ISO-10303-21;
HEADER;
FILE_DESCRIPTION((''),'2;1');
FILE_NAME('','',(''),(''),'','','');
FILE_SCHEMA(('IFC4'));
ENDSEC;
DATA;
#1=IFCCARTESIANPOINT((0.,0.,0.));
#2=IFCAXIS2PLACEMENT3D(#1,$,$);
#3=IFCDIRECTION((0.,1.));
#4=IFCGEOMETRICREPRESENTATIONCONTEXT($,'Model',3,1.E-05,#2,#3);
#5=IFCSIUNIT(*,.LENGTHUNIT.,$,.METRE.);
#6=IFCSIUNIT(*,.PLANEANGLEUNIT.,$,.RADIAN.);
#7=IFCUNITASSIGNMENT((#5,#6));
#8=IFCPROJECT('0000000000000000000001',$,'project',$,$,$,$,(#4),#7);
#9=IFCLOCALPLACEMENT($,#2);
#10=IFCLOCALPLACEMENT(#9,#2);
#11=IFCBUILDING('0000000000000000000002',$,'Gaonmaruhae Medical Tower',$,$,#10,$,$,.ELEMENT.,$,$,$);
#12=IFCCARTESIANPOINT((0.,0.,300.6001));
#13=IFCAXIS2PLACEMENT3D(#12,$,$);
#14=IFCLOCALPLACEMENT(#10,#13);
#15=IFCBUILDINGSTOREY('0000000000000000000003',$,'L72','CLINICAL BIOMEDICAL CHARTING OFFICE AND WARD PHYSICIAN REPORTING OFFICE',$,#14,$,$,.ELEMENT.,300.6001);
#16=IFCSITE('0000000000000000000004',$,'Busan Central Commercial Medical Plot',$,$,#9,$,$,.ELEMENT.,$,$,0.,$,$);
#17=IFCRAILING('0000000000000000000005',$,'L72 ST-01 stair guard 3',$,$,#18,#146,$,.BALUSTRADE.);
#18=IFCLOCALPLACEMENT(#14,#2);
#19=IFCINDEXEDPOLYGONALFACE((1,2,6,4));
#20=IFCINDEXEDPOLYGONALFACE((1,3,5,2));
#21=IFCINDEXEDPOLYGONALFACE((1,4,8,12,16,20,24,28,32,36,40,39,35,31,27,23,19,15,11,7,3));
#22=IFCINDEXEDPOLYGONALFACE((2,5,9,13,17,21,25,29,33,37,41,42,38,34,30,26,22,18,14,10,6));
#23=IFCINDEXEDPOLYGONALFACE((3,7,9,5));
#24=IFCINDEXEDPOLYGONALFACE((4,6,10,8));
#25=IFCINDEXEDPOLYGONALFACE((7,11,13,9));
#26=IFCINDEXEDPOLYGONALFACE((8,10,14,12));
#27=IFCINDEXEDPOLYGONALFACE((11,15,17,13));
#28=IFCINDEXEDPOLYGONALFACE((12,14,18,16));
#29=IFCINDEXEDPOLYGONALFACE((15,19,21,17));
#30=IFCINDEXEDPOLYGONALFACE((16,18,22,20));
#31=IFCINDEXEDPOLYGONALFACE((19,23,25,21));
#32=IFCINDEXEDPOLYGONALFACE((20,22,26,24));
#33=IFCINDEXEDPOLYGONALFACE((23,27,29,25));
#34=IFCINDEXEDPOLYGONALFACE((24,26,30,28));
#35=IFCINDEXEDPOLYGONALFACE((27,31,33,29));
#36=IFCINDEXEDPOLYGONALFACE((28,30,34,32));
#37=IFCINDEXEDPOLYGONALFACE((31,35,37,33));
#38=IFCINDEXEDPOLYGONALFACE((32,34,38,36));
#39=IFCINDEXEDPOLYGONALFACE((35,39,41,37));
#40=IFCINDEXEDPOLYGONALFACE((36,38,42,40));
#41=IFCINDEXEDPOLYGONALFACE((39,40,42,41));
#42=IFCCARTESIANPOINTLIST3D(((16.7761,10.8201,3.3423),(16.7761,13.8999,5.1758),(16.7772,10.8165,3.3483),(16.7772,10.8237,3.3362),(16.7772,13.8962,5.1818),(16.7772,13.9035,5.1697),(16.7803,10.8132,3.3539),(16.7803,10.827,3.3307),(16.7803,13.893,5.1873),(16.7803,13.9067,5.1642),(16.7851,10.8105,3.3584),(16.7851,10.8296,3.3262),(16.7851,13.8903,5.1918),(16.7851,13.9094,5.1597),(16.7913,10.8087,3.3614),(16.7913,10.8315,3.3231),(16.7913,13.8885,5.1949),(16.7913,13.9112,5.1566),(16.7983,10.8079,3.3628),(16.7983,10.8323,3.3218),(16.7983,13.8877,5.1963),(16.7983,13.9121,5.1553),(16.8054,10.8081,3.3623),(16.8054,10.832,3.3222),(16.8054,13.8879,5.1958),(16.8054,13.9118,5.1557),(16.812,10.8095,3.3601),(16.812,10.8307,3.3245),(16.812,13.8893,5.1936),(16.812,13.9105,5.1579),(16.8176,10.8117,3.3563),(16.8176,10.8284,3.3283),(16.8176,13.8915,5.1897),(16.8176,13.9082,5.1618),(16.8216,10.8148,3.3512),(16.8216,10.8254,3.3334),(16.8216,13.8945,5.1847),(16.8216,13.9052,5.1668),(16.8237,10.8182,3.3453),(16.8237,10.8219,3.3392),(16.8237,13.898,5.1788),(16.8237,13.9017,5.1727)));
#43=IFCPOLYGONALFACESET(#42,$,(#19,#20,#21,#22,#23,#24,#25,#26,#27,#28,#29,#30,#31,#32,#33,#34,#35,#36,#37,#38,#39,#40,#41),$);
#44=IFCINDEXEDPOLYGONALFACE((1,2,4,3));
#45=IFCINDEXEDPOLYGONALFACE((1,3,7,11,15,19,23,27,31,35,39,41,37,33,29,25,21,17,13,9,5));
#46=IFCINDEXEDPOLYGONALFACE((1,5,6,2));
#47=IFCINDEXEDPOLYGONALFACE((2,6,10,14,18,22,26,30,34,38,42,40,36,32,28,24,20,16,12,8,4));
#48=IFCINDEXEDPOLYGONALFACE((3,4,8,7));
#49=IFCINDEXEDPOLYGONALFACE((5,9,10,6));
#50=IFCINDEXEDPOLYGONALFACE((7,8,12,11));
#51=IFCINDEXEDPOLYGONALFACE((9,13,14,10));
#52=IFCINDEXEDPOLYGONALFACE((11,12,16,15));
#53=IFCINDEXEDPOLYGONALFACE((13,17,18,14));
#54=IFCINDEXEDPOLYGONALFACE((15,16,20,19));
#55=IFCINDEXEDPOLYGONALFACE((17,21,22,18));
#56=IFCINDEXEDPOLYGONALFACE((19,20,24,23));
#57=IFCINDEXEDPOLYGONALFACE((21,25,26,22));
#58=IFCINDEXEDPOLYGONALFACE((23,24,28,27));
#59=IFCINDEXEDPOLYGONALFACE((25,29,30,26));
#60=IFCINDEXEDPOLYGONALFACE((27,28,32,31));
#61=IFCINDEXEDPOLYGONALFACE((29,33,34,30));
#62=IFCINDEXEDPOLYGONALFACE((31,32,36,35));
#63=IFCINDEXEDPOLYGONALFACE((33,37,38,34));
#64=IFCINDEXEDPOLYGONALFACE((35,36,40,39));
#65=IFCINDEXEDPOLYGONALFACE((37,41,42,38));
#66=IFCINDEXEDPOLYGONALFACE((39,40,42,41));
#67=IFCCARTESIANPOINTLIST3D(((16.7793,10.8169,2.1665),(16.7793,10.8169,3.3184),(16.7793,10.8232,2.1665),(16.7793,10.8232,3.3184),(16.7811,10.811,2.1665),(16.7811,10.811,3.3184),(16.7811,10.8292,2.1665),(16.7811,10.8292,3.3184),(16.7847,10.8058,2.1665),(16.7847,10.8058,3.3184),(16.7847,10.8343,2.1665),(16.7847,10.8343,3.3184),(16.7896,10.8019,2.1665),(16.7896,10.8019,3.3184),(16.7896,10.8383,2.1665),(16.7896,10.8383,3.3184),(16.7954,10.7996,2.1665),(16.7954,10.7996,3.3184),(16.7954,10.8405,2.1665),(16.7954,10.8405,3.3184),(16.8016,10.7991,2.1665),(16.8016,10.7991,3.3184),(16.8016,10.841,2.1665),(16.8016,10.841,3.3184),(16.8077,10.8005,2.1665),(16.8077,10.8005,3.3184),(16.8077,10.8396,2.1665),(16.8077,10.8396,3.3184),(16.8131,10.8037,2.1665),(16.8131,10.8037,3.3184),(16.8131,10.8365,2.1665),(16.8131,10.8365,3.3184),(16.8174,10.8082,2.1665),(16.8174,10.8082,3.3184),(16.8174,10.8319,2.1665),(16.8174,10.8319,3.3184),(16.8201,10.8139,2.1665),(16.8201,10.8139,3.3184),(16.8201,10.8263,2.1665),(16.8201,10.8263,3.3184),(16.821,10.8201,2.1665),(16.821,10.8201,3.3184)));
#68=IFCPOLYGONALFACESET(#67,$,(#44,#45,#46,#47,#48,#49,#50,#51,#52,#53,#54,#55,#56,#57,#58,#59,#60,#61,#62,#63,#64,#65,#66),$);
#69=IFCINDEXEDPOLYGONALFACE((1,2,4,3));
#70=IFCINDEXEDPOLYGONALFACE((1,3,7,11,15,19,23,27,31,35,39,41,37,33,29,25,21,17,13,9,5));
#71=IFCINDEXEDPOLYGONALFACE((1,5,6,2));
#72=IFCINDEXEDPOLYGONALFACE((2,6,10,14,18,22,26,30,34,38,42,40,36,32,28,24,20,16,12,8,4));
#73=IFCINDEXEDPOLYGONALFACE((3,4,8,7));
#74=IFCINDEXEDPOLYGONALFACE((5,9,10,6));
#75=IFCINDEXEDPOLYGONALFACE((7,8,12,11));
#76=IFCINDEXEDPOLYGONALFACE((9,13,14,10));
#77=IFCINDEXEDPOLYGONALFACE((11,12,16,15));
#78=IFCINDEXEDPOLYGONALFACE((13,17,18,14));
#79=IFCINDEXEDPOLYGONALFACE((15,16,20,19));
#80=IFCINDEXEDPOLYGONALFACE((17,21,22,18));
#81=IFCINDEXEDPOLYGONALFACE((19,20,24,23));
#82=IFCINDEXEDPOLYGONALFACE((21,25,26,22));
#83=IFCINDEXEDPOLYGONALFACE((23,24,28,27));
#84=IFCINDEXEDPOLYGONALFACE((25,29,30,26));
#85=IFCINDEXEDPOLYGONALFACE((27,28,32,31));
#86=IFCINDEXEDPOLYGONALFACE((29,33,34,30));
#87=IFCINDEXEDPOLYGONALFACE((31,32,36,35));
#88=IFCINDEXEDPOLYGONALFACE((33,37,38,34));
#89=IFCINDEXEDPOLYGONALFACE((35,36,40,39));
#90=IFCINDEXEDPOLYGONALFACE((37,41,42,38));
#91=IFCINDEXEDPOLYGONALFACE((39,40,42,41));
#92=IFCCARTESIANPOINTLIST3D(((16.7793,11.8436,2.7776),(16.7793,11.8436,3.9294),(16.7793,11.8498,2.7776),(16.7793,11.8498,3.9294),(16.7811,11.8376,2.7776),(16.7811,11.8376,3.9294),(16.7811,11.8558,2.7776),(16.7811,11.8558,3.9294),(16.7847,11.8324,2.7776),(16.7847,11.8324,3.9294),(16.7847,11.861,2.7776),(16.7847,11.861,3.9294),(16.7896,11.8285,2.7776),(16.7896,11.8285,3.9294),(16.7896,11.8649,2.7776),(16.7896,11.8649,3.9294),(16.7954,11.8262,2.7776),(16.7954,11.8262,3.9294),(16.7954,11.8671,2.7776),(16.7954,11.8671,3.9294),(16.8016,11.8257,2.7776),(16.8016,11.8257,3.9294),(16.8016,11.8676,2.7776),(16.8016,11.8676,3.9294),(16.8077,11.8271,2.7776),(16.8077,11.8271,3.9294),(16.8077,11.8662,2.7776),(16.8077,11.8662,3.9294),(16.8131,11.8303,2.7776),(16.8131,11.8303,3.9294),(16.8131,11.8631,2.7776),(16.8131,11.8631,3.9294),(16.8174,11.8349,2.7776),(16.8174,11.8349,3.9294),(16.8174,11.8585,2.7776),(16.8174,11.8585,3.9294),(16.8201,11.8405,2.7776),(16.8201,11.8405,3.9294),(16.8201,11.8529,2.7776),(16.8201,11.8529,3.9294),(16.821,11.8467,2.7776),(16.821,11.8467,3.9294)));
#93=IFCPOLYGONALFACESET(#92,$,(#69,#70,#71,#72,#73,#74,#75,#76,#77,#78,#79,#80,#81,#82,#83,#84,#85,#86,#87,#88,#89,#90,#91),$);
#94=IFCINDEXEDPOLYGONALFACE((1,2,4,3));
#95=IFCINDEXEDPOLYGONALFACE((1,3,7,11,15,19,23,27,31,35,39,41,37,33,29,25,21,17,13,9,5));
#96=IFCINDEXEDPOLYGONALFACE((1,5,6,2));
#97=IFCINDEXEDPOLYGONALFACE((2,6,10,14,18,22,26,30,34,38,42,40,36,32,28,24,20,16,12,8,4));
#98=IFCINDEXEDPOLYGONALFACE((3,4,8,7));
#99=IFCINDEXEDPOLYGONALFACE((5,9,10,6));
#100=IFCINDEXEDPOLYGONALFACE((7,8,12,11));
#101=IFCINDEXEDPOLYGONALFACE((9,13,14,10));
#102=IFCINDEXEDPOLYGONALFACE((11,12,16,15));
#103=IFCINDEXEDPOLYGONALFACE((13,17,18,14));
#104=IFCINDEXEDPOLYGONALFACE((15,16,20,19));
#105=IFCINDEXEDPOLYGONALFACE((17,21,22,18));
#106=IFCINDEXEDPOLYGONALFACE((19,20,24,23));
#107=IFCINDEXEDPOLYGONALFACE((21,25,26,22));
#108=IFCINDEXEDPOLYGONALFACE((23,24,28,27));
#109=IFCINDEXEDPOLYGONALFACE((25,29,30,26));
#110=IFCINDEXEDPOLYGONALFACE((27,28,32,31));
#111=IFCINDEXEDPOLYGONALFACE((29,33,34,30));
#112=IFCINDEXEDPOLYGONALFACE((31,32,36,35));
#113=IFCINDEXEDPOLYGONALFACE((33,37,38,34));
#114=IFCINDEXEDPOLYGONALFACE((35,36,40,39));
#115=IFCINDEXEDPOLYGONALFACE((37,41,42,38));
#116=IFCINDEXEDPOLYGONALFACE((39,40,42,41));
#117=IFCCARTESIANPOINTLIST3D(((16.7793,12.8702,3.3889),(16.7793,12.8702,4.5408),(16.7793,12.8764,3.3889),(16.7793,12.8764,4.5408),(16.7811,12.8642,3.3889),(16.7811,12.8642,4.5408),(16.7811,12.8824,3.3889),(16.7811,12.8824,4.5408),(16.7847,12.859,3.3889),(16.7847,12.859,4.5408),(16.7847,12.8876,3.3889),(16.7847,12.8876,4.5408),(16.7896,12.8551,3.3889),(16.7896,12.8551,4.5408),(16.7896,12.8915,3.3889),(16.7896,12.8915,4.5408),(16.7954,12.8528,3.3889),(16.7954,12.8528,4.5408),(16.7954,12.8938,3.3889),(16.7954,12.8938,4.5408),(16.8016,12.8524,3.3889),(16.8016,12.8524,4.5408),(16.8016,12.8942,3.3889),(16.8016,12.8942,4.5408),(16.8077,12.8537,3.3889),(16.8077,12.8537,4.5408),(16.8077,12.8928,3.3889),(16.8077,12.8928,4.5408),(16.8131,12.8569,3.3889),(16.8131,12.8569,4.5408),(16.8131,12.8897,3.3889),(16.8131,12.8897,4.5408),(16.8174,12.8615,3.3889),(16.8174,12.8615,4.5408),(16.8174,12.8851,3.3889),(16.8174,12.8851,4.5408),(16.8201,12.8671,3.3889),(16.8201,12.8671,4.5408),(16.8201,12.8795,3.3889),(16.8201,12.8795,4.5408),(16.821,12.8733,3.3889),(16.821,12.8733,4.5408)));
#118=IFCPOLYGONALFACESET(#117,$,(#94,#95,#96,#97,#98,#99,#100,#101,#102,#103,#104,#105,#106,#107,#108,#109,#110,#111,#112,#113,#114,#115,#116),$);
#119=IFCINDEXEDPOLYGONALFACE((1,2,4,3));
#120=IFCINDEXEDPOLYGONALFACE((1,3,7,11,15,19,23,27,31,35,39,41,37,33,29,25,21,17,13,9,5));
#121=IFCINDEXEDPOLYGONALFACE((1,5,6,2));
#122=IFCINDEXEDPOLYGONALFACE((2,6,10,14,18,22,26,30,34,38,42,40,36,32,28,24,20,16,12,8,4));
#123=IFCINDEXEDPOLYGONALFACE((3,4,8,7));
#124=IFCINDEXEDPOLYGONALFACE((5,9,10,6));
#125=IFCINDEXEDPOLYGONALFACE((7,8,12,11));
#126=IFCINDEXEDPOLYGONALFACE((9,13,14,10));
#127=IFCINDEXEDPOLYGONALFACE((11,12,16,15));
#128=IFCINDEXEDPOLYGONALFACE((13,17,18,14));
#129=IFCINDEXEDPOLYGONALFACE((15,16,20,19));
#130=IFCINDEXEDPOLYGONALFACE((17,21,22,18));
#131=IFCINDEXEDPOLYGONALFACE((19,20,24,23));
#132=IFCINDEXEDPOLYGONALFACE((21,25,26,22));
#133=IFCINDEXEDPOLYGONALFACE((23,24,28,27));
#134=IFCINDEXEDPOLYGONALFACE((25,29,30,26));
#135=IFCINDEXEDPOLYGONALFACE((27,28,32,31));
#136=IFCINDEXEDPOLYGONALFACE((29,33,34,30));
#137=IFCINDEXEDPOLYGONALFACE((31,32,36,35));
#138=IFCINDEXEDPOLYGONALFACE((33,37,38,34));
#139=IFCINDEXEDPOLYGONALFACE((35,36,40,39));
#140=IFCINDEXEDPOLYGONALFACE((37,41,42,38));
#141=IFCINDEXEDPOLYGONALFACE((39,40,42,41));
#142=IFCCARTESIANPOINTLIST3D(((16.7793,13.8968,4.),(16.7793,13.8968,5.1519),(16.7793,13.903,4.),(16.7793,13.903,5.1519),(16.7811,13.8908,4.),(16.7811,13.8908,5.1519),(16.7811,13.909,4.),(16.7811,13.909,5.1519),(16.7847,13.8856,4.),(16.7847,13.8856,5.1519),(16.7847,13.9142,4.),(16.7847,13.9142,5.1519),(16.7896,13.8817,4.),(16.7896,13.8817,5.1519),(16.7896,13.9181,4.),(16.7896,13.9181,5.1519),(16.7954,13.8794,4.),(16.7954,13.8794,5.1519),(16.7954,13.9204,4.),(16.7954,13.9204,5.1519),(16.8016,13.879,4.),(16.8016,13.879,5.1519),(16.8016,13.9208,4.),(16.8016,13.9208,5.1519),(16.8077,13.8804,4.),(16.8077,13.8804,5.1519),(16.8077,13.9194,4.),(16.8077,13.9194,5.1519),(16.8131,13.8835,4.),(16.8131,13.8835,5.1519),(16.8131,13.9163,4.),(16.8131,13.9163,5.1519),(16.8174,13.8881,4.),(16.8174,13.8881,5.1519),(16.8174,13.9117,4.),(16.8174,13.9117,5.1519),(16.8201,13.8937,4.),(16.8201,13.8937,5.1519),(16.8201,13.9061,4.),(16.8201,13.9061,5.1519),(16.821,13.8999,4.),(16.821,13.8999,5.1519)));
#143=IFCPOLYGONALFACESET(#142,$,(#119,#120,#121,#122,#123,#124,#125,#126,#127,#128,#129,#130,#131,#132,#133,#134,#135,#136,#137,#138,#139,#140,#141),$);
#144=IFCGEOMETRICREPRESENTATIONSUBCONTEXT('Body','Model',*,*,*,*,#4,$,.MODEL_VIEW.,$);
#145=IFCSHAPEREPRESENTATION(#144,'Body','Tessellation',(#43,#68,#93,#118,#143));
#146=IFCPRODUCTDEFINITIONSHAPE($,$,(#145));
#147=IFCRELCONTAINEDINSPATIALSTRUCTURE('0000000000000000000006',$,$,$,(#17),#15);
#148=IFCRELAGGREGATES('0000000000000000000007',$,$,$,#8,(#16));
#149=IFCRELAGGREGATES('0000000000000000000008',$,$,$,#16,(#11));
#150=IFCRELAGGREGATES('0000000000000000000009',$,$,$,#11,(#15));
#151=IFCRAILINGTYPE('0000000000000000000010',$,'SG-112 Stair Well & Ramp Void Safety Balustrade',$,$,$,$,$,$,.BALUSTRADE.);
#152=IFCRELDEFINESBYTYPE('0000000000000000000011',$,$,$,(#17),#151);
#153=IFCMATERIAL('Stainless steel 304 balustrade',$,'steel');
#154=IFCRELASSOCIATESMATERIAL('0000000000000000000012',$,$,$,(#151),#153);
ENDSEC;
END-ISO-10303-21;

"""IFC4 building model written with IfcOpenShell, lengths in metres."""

from ifc_helpers import new_model, si_unit, direction, frame, origin, origin_2d, place, context, subcontext, project, spatial, circle, extrude, material, type_object, element, save


model = new_model("IFC4")

# Units and contexts
model_context = context("Model", 3, precision=1e-05, world=origin(), true_north=direction((0.0, 1.0)))
body_context = subcontext(model_context, "Body", "Model", "MODEL_VIEW")
ifc_project = project(units=[si_unit("LENGTHUNIT", "METRE"), si_unit("PLANEANGLEUNIT", "RADIAN")], contexts=[model_context])

# Site, building, storey
site_placement = place(None, origin())
site = spatial("IfcSite", under=ifc_project, at=site_placement, Name="Busan Central Commercial Medical Plot", CompositionType="ELEMENT", RefElevation=0.0)
building_placement = place(site_placement, origin())
building = spatial("IfcBuilding", under=site, at=building_placement, Name="Gaonmaruhae Medical Tower", CompositionType="ELEMENT")
storey_placement = place(building_placement, frame((0.0, 0.0, 300.6001)))
storey = spatial("IfcBuildingStorey", under=building, at=storey_placement, Name="L72", Description="CLINICAL BIOMEDICAL CHARTING OFFICE AND WARD PHYSICIAN REPORTING OFFICE", CompositionType="ELEMENT", Elevation=300.6001)

# Railing
ifc_material_1 = material(Name="Stainless steel 304 balustrade", Category="steel")
railing_type_1 = type_object("IfcRailingType", Name="SG-112 Stair Well & Ramp Void Safety Balustrade", PredefinedType="BALUSTRADE", material=ifc_material_1)
railing_1_placement = place(storey_placement, frame((16.8, 10.8201, 2.1665)))
element("IfcRailing", 1, at=railing_1_placement, inside=storey, type_object=railing_type_1, Name="L72 ST-01 stair guard 3", PredefinedType="BALUSTRADE", context=body_context, shape_type="SweptSolid", body=[
    extrude(circle(Radius=0.0239, at=origin_2d()), frame((0.0, 0.0, 1.1758), z_axis=(0.0, 0.859261, 0.511538), x_axis=(-1.0, 0.0, 0.0)), (0.0, 0.0, 1.0), 3.5842),
    extrude(circle(Radius=0.021, at=origin_2d()), origin(), (0.0, 0.0, 1.0), 1.1519),
    extrude(circle(Radius=0.021, at=origin_2d()), frame((0.0, 1.0266, 0.6111)), (0.0, 0.0, 1.0), 1.1519),
    extrude(circle(Radius=0.021, at=origin_2d()), frame((0.0, 2.0532, 1.2224)), (0.0, 0.0, 1.0), 1.1519),
    extrude(circle(Radius=0.021, at=origin_2d()), frame((0.0, 3.0798, 1.8335)), (0.0, 0.0, 1.0), 1.1519),
])

save(model, "model.ifc")
